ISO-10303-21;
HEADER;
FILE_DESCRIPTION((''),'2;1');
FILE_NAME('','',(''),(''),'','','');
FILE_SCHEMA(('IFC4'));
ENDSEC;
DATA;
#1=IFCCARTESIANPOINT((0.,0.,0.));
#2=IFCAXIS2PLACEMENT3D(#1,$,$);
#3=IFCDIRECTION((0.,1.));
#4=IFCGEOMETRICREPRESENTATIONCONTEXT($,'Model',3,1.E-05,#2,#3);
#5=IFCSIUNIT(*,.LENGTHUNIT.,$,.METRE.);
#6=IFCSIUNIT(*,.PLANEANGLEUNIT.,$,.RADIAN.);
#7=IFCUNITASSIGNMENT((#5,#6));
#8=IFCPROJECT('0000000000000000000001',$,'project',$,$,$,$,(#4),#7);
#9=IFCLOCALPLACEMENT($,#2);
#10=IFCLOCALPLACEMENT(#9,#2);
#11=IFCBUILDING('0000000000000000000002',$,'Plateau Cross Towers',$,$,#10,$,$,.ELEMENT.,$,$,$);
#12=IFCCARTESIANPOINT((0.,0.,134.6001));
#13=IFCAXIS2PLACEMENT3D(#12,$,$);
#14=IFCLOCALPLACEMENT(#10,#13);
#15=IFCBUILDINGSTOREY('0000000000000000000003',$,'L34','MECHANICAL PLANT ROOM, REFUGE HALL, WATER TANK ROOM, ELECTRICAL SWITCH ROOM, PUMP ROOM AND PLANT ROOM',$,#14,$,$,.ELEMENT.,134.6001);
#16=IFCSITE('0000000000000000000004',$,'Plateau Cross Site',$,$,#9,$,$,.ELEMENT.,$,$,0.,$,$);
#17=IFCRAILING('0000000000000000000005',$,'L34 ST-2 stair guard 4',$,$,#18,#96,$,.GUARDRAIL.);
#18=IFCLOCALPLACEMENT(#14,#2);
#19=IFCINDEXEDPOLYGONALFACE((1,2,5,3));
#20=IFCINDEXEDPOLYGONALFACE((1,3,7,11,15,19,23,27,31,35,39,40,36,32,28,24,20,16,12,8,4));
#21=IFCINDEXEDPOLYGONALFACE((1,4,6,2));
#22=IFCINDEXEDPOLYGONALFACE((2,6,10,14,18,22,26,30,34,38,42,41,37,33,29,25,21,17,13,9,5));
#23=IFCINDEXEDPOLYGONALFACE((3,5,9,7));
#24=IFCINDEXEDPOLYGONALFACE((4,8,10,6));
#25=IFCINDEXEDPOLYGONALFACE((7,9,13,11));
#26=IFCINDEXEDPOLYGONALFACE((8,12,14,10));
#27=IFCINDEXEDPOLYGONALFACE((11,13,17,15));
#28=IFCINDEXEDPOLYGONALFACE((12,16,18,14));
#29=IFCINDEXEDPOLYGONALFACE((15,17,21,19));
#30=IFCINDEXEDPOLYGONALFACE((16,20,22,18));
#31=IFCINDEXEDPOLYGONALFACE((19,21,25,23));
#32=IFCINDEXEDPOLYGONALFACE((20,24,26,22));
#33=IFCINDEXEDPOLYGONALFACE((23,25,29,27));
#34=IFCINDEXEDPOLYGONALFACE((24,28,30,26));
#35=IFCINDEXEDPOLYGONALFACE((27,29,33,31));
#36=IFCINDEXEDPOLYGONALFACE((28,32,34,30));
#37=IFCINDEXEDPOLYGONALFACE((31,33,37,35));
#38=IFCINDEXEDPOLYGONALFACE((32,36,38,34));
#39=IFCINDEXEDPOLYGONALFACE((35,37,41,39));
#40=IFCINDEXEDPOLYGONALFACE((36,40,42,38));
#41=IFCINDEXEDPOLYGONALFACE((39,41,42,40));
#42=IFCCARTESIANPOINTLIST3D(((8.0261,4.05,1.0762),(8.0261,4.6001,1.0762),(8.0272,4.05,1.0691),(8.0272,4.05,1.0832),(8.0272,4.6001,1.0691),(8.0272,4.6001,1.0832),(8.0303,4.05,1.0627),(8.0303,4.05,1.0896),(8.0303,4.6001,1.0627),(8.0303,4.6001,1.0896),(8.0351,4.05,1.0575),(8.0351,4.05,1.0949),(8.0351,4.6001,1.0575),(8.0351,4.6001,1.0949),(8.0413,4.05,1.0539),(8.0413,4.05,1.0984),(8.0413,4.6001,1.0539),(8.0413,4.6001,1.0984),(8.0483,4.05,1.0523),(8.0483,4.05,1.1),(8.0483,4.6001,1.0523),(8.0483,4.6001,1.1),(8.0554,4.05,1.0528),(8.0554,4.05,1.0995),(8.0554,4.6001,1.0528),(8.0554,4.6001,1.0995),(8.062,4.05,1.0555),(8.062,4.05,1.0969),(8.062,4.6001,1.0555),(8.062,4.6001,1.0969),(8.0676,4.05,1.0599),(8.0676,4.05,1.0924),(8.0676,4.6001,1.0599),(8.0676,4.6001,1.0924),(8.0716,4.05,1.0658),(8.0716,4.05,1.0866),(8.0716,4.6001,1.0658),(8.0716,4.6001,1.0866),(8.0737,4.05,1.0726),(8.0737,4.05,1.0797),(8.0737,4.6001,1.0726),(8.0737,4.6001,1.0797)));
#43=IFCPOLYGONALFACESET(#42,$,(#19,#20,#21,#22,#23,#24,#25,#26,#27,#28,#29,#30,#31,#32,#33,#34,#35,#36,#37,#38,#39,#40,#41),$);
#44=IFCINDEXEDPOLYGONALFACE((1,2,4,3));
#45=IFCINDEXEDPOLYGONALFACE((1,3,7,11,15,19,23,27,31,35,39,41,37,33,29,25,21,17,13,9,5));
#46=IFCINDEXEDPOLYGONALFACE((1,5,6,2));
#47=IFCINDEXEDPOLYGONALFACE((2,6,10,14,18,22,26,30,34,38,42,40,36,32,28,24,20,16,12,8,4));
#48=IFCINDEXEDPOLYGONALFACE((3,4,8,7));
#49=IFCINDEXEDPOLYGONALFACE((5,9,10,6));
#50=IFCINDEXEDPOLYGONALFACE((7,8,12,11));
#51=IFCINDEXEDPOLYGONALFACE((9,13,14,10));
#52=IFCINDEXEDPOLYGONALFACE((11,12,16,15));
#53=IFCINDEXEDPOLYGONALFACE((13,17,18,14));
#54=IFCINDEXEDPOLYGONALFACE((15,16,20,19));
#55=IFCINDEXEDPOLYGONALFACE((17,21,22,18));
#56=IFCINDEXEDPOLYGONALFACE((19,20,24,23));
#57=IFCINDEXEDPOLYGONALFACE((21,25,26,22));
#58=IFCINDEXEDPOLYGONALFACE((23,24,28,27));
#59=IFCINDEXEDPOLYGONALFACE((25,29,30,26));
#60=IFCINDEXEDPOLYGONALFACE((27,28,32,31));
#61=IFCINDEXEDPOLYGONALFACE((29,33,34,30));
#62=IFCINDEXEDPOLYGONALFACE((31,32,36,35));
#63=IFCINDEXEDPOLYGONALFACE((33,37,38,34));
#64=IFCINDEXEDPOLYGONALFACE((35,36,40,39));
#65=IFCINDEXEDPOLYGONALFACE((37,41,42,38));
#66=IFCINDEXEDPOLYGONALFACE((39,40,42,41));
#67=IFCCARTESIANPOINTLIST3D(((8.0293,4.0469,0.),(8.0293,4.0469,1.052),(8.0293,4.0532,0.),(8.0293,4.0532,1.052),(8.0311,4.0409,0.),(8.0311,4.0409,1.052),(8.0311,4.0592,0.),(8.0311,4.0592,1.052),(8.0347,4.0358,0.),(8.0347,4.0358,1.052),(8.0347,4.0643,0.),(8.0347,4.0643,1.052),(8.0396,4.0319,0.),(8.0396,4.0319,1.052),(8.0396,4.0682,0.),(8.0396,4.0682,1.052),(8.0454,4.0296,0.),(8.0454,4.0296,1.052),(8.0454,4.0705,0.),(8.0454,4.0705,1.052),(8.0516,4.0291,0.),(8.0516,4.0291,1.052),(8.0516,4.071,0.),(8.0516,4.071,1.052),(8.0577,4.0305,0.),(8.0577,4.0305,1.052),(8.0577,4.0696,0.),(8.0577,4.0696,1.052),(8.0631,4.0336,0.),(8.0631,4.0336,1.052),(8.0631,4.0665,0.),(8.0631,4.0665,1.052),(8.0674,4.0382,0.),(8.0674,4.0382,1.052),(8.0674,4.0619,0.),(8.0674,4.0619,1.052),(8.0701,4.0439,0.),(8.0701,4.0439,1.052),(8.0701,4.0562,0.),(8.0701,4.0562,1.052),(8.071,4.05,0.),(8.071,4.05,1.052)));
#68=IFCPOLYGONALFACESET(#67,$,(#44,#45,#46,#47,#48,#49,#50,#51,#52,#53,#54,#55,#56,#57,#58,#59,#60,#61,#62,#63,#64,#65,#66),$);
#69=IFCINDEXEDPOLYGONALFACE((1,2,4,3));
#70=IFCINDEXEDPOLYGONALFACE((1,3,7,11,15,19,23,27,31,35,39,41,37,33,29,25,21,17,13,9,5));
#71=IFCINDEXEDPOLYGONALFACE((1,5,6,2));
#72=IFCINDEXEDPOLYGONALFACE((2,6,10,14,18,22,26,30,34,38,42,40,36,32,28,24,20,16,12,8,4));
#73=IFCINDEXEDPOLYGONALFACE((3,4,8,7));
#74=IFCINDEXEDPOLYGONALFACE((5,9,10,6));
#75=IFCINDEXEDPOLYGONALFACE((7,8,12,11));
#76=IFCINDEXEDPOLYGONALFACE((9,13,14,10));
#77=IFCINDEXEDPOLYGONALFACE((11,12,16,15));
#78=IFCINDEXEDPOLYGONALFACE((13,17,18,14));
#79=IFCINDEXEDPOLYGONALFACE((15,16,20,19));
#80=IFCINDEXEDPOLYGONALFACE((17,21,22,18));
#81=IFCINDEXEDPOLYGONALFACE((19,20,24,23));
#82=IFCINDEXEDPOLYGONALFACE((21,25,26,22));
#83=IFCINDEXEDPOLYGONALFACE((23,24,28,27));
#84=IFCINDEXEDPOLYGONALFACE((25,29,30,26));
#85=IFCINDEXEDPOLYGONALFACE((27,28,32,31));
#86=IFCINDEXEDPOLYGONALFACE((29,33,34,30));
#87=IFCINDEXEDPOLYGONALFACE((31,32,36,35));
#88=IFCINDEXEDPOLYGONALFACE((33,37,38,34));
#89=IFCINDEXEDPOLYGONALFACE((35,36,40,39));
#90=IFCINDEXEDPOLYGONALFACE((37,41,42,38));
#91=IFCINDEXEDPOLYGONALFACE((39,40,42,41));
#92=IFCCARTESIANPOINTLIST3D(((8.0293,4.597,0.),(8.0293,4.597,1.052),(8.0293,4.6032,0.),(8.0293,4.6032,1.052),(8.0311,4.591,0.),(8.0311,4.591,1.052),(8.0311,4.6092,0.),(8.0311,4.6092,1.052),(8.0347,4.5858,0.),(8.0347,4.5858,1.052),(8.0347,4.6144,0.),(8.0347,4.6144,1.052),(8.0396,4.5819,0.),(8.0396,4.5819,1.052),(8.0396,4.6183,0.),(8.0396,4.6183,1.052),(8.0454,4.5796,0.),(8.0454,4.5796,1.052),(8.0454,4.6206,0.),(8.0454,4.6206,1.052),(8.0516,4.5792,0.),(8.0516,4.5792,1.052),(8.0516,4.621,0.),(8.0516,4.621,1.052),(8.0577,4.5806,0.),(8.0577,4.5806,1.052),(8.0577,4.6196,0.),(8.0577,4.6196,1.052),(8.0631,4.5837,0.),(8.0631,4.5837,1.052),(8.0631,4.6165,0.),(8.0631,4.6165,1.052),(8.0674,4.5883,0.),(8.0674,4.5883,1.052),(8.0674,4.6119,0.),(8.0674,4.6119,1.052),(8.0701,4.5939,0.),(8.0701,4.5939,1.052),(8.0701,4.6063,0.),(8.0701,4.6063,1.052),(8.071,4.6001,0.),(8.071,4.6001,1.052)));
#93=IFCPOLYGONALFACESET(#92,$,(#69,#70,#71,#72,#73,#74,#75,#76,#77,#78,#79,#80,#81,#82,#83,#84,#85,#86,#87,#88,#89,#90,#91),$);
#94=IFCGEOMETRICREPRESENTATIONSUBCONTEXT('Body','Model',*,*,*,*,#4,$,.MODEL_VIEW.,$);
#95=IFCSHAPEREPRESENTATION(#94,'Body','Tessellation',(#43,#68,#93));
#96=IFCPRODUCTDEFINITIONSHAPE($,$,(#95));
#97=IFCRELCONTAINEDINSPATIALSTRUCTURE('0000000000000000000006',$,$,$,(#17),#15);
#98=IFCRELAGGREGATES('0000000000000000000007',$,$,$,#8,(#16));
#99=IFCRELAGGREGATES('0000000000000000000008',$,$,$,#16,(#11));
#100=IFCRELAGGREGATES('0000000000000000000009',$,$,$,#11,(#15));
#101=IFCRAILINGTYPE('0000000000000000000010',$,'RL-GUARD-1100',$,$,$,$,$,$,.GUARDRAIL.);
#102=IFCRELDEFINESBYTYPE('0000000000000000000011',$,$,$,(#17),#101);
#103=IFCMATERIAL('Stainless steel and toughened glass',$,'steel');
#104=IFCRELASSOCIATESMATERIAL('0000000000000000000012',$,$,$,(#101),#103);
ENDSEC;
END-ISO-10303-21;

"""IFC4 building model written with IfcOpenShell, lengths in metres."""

from ifc_helpers import new_model, si_unit, direction, frame, origin, origin_2d, place, context, subcontext, project, spatial, circle, extrude, material, type_object, element, save


model = new_model("IFC4")

# Units and contexts
model_context = context("Model", 3, precision=1e-05, world=origin(), true_north=direction((0.0, 1.0)))
body_context = subcontext(model_context, "Body", "Model", "MODEL_VIEW")
ifc_project = project(units=[si_unit("LENGTHUNIT", "METRE"), si_unit("PLANEANGLEUNIT", "RADIAN")], contexts=[model_context])

# Site, building, storey
site_placement = place(None, origin())
site = spatial("IfcSite", under=ifc_project, at=site_placement, Name="Plateau Cross Site", CompositionType="ELEMENT", RefElevation=0.0)
building_placement = place(site_placement, origin())
building = spatial("IfcBuilding", under=site, at=building_placement, Name="Plateau Cross Towers", CompositionType="ELEMENT")
storey_placement = place(building_placement, frame((0.0, 0.0, 134.6001)))
storey = spatial("IfcBuildingStorey", under=building, at=storey_placement, Name="L34", Description="MECHANICAL PLANT ROOM, REFUGE HALL, WATER TANK ROOM, ELECTRICAL SWITCH ROOM, PUMP ROOM AND PLANT ROOM", CompositionType="ELEMENT", Elevation=134.6001)

# Railing
ifc_material_1 = material(Name="Stainless steel and toughened glass", Category="steel")
railing_type_1 = type_object("IfcRailingType", Name="RL-GUARD-1100", PredefinedType="GUARDRAIL", material=ifc_material_1)
railing_1_placement = place(storey_placement, frame((8.05, 4.05, 0.0)))
element("IfcRailing", 1, at=railing_1_placement, inside=storey, type_object=railing_type_1, Name="L34 ST-2 stair guard 4", PredefinedType="GUARDRAIL", context=body_context, shape_type="SweptSolid", body=[
    extrude(circle(Radius=0.0239, at=origin_2d()), frame((0.0, 0.0, 1.0762), z_axis=(0.0, 1.0, 0.0), x_axis=(-1.0, 0.0, 0.0)), (0.0, 0.0, 1.0), 0.55),
    extrude(circle(Radius=0.021, at=origin_2d()), origin(), (0.0, 0.0, 1.0), 1.052),
    extrude(circle(Radius=0.021, at=origin_2d()), frame((0.0, 0.55, 0.0)), (0.0, 0.0, 1.0), 1.052),
])

save(model, "model.ifc")
